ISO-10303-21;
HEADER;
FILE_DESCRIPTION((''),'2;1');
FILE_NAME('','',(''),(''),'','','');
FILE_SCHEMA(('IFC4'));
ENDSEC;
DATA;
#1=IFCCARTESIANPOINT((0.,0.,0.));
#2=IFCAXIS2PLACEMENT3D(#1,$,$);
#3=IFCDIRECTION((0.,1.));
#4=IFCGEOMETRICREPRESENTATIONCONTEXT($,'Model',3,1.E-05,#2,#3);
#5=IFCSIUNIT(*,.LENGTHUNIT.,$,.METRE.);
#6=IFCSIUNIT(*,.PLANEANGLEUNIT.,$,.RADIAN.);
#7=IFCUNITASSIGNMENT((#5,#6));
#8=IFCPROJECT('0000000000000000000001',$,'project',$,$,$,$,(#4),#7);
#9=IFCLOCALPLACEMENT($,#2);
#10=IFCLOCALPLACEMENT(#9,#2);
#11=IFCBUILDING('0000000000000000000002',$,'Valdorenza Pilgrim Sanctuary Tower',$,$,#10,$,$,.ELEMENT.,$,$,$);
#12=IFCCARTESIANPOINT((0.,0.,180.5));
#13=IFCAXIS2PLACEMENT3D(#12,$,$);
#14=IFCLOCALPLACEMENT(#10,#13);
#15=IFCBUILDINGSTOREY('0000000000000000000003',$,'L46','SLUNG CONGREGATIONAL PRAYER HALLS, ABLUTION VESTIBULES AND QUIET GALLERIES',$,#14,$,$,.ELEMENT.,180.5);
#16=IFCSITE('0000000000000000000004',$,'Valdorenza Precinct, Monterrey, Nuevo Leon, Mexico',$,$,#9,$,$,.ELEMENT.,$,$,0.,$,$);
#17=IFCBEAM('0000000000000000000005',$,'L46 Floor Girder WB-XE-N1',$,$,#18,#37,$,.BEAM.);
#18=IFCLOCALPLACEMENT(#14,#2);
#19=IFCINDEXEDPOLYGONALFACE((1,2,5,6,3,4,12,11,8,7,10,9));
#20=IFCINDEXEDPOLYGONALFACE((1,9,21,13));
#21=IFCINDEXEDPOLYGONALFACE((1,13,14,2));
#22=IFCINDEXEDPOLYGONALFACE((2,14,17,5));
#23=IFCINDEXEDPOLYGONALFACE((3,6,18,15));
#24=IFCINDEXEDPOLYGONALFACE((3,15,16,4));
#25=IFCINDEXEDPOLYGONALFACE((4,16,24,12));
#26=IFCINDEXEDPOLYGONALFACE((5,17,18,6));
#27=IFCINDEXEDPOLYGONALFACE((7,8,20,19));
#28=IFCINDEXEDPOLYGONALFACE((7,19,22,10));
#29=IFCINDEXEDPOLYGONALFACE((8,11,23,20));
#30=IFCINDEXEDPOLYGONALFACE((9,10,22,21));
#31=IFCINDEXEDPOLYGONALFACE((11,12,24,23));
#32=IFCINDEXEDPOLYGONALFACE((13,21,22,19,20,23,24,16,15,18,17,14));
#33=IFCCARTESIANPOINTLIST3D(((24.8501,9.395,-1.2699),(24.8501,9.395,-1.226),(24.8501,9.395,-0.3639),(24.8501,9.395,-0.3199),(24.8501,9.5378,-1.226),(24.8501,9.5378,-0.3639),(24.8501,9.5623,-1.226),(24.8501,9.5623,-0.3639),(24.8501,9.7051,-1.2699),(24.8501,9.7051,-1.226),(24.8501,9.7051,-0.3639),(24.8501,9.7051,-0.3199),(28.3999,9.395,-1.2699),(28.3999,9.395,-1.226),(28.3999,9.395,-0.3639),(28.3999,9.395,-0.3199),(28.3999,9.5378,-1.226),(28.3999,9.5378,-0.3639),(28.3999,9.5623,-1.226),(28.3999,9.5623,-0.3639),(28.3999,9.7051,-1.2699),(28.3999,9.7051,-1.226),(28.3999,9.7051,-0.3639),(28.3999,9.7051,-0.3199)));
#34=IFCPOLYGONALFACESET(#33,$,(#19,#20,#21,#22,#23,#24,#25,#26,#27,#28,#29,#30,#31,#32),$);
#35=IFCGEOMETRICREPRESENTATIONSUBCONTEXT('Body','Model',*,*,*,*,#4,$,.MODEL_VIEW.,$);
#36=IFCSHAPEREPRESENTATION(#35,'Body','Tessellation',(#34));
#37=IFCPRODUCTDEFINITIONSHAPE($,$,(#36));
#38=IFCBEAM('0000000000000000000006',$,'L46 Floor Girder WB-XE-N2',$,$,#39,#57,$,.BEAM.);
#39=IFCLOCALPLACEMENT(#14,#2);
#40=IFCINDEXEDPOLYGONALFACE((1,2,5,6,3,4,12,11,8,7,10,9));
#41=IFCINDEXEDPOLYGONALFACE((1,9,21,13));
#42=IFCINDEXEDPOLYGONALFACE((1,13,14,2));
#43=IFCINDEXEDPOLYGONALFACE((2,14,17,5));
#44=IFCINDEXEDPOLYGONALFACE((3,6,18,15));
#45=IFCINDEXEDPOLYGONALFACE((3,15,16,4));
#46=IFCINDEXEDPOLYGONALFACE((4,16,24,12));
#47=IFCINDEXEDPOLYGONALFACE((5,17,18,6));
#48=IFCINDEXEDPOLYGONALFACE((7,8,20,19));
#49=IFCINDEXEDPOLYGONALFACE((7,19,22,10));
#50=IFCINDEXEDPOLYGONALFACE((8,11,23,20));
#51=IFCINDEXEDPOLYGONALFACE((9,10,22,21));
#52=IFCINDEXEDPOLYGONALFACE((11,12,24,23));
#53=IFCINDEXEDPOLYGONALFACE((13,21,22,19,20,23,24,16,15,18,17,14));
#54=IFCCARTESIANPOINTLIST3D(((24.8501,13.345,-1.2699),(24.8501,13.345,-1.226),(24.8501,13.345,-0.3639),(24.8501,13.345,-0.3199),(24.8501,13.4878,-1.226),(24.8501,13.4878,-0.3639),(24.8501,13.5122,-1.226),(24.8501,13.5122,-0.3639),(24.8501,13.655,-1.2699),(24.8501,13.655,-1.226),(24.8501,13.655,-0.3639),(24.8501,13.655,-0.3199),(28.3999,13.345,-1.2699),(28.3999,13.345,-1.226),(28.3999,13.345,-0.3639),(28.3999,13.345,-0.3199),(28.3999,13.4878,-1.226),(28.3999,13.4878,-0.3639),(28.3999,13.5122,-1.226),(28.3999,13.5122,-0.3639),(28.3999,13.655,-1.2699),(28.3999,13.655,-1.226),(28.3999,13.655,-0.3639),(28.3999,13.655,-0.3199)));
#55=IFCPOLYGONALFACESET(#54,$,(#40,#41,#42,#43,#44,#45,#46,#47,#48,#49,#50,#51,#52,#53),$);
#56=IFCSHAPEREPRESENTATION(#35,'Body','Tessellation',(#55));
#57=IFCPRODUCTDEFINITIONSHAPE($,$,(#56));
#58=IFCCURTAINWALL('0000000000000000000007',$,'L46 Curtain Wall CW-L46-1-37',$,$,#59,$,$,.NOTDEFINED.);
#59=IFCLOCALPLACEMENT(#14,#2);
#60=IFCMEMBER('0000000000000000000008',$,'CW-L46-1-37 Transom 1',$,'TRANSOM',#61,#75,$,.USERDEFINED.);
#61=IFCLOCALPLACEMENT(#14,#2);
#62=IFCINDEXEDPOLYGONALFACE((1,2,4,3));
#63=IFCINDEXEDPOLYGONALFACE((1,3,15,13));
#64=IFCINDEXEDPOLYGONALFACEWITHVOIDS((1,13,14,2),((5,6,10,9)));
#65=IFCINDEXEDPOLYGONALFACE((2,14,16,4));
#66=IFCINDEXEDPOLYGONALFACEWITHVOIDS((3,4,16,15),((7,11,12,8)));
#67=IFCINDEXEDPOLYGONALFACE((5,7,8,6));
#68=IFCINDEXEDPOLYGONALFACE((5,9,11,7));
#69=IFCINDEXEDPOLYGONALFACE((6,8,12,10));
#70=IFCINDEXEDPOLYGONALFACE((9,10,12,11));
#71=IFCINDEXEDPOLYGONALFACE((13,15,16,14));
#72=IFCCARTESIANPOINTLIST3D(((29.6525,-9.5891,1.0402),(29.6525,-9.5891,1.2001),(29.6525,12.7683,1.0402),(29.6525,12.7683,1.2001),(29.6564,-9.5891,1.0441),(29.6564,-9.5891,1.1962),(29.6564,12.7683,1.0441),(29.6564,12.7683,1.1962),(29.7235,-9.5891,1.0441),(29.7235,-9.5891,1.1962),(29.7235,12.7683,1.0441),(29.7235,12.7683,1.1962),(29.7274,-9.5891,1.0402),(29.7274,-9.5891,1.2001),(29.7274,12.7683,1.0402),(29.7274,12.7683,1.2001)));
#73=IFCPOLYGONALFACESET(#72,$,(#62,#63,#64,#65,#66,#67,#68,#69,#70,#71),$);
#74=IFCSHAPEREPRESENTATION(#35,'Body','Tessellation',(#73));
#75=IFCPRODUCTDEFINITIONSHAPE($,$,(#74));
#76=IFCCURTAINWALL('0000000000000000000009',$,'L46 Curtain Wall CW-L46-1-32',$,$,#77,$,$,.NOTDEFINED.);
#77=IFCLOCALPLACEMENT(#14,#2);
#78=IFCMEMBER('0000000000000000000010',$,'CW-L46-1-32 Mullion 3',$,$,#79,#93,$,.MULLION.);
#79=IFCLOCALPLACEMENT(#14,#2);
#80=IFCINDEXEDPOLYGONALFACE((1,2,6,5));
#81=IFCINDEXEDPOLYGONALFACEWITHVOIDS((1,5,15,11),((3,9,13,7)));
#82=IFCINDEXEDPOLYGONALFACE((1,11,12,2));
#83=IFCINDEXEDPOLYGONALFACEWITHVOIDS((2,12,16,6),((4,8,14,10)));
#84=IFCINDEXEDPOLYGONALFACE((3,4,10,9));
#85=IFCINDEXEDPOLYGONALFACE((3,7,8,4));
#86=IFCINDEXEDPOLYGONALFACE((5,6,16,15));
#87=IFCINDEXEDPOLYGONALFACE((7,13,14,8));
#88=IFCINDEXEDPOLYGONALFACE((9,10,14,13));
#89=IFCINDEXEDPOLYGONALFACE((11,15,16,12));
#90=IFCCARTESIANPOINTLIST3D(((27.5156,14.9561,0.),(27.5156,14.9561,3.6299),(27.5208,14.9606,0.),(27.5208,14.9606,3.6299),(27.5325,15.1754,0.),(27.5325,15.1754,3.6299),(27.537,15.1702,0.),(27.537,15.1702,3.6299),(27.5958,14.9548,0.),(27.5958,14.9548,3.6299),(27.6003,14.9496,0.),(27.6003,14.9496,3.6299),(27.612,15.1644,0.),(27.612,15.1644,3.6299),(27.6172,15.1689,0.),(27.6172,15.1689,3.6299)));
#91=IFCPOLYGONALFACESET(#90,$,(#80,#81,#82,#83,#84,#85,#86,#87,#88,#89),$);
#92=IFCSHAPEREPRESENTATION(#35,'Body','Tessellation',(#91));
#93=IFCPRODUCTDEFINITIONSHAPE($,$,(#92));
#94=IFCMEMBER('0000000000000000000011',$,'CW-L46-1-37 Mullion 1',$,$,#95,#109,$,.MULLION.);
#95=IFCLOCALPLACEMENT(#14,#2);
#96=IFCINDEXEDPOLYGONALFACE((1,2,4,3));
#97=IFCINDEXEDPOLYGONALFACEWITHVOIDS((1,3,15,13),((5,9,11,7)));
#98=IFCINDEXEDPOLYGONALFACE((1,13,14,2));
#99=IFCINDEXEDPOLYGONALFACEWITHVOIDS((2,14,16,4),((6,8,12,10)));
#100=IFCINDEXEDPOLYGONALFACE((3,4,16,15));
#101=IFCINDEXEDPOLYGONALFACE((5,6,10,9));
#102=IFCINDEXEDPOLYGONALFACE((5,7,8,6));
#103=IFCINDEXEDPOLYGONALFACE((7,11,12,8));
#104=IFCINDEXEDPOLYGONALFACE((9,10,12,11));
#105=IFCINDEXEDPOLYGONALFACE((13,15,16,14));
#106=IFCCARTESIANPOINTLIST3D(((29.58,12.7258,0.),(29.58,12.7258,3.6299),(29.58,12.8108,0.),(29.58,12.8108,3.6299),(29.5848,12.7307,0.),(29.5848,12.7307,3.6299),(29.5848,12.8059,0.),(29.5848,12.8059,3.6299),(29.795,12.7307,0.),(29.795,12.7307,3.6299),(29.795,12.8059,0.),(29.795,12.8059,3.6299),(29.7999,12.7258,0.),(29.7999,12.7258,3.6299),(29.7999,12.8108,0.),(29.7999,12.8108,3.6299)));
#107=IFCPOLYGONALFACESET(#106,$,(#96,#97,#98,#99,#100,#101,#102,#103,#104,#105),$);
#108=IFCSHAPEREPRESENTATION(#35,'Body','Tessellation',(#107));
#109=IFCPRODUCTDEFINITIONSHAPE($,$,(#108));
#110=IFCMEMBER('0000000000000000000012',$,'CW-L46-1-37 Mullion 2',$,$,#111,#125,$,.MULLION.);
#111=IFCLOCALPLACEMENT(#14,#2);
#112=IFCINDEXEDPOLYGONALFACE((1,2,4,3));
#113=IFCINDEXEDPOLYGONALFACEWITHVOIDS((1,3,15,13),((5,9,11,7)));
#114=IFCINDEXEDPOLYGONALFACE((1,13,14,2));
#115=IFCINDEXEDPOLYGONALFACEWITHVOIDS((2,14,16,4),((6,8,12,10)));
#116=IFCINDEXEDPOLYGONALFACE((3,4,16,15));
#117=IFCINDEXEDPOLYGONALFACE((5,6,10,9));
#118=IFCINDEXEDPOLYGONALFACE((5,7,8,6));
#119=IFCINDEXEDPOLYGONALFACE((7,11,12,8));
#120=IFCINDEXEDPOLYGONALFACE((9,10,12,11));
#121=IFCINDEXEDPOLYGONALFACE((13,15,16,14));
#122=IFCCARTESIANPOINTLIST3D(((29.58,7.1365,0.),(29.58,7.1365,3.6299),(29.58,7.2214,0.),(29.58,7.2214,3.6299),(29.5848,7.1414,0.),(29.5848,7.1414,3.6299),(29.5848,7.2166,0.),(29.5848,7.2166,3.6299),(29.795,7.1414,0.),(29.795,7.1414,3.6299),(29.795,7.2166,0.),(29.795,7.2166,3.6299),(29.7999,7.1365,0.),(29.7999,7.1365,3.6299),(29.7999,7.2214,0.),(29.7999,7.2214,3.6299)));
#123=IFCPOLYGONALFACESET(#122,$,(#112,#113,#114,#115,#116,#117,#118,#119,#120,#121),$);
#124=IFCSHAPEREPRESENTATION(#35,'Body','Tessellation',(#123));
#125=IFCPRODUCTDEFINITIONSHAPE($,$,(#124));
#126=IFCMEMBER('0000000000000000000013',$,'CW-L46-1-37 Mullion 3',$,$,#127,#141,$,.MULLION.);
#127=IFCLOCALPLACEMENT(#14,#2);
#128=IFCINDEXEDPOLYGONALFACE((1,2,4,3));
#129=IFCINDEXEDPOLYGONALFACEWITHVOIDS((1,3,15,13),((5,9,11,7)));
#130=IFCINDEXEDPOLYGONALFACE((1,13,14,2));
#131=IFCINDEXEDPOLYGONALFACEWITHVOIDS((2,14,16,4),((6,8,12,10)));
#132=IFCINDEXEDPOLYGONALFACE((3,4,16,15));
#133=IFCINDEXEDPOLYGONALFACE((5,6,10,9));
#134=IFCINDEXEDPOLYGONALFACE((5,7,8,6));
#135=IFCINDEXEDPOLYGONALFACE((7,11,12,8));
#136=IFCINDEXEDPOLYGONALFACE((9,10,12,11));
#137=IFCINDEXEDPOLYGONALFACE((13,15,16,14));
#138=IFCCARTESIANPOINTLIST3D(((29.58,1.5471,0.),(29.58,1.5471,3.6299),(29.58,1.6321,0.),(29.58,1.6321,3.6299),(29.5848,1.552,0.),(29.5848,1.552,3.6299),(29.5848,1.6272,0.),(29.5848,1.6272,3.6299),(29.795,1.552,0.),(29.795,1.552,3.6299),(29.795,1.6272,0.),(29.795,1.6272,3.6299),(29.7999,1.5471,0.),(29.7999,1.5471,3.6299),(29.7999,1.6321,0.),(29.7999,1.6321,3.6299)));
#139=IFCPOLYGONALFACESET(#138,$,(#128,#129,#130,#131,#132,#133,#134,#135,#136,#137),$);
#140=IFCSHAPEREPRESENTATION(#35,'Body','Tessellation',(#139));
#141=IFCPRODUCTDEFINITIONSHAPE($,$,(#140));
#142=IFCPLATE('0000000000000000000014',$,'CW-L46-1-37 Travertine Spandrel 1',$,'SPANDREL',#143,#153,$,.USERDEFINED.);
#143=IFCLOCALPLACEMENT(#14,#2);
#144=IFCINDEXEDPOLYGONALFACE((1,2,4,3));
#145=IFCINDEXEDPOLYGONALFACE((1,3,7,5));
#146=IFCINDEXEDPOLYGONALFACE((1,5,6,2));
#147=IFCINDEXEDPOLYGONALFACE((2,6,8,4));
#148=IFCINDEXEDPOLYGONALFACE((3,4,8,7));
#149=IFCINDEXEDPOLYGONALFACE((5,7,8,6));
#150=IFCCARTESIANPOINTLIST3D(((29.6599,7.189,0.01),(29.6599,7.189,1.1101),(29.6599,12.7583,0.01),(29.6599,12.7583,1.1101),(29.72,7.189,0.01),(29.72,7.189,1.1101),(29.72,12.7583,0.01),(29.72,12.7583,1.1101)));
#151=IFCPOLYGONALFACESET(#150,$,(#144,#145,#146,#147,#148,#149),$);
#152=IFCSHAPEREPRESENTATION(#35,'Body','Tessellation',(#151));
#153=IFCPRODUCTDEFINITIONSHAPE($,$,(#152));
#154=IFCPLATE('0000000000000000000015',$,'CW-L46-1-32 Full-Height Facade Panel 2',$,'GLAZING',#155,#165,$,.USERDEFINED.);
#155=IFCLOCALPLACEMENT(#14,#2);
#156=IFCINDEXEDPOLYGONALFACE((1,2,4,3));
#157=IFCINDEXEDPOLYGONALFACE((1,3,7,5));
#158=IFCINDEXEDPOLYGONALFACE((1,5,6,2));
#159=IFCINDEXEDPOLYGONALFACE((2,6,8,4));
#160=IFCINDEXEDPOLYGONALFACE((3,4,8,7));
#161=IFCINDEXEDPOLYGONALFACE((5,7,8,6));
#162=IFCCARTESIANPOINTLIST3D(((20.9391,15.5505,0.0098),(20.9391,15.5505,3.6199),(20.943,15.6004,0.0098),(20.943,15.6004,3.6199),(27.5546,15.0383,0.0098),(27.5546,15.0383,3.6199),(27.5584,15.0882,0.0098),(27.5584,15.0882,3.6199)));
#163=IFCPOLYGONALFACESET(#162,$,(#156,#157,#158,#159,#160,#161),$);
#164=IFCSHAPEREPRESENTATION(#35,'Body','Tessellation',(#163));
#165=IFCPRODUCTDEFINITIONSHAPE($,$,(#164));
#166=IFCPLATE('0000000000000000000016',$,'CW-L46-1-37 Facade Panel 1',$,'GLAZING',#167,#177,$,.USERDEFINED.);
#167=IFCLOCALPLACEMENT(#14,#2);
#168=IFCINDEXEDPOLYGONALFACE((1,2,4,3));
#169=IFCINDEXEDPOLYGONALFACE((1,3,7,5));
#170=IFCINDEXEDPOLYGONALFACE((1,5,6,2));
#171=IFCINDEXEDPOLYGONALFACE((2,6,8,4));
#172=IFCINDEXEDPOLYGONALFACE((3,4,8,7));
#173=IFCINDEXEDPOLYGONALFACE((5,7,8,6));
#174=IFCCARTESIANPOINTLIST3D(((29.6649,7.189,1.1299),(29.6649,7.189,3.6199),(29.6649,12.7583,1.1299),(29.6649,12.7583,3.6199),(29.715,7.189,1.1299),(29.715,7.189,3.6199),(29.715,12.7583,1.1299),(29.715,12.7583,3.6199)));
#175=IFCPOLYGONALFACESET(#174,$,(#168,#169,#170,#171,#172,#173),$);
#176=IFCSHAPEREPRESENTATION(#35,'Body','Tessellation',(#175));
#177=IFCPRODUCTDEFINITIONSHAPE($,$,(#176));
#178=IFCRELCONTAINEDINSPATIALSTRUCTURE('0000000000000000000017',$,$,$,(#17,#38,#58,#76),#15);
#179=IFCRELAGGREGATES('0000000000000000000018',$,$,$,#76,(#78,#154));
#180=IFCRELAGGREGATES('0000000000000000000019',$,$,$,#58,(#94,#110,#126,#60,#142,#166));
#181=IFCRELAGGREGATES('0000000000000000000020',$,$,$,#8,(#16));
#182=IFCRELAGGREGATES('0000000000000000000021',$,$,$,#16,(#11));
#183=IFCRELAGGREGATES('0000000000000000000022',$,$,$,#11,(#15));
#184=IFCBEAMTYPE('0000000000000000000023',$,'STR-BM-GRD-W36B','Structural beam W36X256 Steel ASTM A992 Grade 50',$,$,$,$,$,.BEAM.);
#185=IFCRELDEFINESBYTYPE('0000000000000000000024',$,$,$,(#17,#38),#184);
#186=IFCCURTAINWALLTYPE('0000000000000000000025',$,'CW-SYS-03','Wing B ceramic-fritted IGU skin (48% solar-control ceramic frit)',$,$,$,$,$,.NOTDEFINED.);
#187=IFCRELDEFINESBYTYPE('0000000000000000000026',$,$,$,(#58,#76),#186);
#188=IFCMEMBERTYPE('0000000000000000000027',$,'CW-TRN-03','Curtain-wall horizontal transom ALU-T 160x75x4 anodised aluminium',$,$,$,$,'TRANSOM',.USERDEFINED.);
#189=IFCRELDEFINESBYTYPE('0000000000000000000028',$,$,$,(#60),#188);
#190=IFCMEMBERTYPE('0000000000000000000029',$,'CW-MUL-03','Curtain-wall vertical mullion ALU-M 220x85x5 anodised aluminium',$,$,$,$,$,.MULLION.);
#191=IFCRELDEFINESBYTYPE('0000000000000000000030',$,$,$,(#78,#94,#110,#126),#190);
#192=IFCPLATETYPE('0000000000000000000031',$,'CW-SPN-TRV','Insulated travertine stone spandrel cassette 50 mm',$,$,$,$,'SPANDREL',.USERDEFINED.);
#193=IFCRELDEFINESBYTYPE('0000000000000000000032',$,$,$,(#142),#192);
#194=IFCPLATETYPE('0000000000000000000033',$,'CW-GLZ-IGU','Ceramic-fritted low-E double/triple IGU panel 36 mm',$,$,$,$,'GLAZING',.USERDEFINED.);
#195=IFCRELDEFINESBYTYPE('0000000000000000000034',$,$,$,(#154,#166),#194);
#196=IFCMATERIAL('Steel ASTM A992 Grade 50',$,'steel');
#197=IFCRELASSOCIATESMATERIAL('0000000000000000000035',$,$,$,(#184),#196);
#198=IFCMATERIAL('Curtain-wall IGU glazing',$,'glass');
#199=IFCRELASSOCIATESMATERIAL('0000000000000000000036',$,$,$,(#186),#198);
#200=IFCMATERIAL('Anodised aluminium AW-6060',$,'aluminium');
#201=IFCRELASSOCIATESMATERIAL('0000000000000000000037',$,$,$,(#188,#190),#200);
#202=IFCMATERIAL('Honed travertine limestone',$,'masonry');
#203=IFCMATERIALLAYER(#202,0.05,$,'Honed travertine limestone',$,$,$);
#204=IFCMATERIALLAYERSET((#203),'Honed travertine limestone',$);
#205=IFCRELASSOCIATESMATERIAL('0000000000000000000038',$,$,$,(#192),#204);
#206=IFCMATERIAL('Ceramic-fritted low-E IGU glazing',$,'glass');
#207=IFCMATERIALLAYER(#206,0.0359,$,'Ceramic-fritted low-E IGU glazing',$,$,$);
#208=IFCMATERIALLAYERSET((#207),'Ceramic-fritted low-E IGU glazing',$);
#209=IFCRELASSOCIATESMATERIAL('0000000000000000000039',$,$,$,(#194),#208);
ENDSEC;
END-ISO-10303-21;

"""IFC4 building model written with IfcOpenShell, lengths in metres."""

from ifc_helpers import new_model, si_unit, direction, frame, origin, origin_2d, place, context, subcontext, project, spatial, rectangle, hollow_rectangle, i_section, extrude, source, transform, mapped, material, layer, layer_set, material_profile, profile_set, type_object, element, aggregate, save


model = new_model("IFC4")

# Units and contexts
model_context = context("Model", 3, precision=1e-05, world=origin(), true_north=direction((0.0, 1.0)))
body_context = subcontext(model_context, "Body", "Model", "MODEL_VIEW")
ifc_project = project(units=[si_unit("LENGTHUNIT", "METRE"), si_unit("PLANEANGLEUNIT", "RADIAN")], contexts=[model_context])

# Site, building, storey
site_placement = place(None, origin())
site = spatial("IfcSite", under=ifc_project, at=site_placement, Name="Valdorenza Precinct, Monterrey, Nuevo Leon, Mexico", CompositionType="ELEMENT", RefElevation=0.0)
building_placement = place(site_placement, origin())
building = spatial("IfcBuilding", under=site, at=building_placement, Name="Valdorenza Pilgrim Sanctuary Tower", CompositionType="ELEMENT")
storey_placement = place(building_placement, frame((0.0, 0.0, 180.5)))
storey = spatial("IfcBuildingStorey", under=building, at=storey_placement, Name="L46", Description="SLUNG CONGREGATIONAL PRAYER HALLS, ABLUTION VESTIBULES AND QUIET GALLERIES", CompositionType="ELEMENT", Elevation=180.5)

# Shared definitions
ifc_material_1 = material(Name="Steel ASTM A992 Grade 50", Category="steel")

# Beams
ifc_material_profile_1 = material_profile(ifc_material_1, i_section(OverallWidth=0.3101, OverallDepth=0.95, WebThickness=0.0244, FlangeThickness=0.0439, at=origin_2d()), Name="W36X256")
ifc_profile_set_1 = profile_set([ifc_material_profile_1], Name="Steel ASTM A992 Grade 50")
beam_type_1 = type_object("IfcBeamType", Name="STR-BM-GRD-W36B", Description="Structural beam W36X256 Steel ASTM A992 Grade 50", PredefinedType="BEAM", material=ifc_profile_set_1)
shared_shape_1 = source(origin(), body_context, "Body", "SweptSolid", [
    extrude(i_section(OverallWidth=0.3101, OverallDepth=0.95, WebThickness=0.0244, FlangeThickness=0.0439, at=origin_2d()), origin(), (0.0, 0.0, 1.0), 3.5498),
])
for number, where, z_axis, x_axis, name in (
    (1, (24.8501, 9.55, -0.7949), (1.0, 0.0, 0.0), (0.0, 1.0, 0.0), "L46 Floor Girder WB-XE-N1"),
    (2, (24.8501, 13.5, -0.7949), (1.0, 0.0, 0.0), (0.0, 1.0, 0.0), "L46 Floor Girder WB-XE-N2"),
):
    element("IfcBeam", number, at=place(storey_placement, frame(where, z_axis=z_axis, x_axis=x_axis)), inside=storey, type_object=beam_type_1, Name=name, PredefinedType="BEAM", context=body_context, shape_type="MappedRepresentation", body=[
        mapped(shared_shape_1, transform((0.0, 0.0, 0.0), x_axis=(1.0, 0.0, 0.0), y_axis=(0.0, 1.0, 0.0), z_axis=(0.0, 0.0, 1.0), scale=1.0)),
    ])

# Curtain walls, members
ifc_material_2 = material(Name="Curtain-wall IGU glazing", Category="glass")
curtain_wall_type = type_object("IfcCurtainWallType", Name="CW-SYS-03", Description="Wing B ceramic-fritted IGU skin (48% solar-control ceramic frit)", PredefinedType="NOTDEFINED", material=ifc_material_2)
curtain_wall_1_placement = place(storey_placement, origin())
curtain_wall_1 = element("IfcCurtainWall", 3, at=curtain_wall_1_placement, inside=storey, type_object=curtain_wall_type, Name="L46 Curtain Wall CW-L46-1-37", PredefinedType="NOTDEFINED")
ifc_material_3 = material(Name="Anodised aluminium AW-6060", Category="aluminium")
ifc_material_profile_2 = material_profile(ifc_material_3, hollow_rectangle(XDim=0.075, YDim=0.1599, WallThickness=0.0039, at=origin_2d()), Name="ALU-T 160x75x4")
ifc_profile_set_2 = profile_set([ifc_material_profile_2], Name="Anodised aluminium AW-6060")
member_type_1 = type_object("IfcMemberType", Name="CW-TRN-03", Description="Curtain-wall horizontal transom ALU-T 160x75x4 anodised aluminium", ElementType="TRANSOM", PredefinedType="USERDEFINED", material=ifc_profile_set_2)
shared_shape_2 = source(origin(), body_context, "Body", "SweptSolid", [
    extrude(hollow_rectangle(XDim=0.075, YDim=0.1599, WallThickness=0.0039, at=origin_2d()), origin(), (0.0, 0.0, 1.0), 22.3574),
])
member_1_placement = place(storey_placement, frame((29.6899, 12.7683, 1.1201), z_axis=(0.0, -1.0, 0.0), x_axis=(1.0, 0.0, 0.0)))
member_1 = element("IfcMember", 4, at=member_1_placement, type_object=member_type_1, Name="CW-L46-1-37 Transom 1", ObjectType="TRANSOM", PredefinedType="USERDEFINED", context=body_context, shape_type="MappedRepresentation", body=[
    mapped(shared_shape_2, transform((0.0, 0.0, 0.0), x_axis=(1.0, 0.0, 0.0), y_axis=(0.0, 1.0, 0.0), z_axis=(0.0, 0.0, 1.0), scale=1.0)),
])
curtain_wall_2_placement = place(storey_placement, origin())
curtain_wall_2 = element("IfcCurtainWall", 5, at=curtain_wall_2_placement, inside=storey, type_object=curtain_wall_type, Name="L46 Curtain Wall CW-L46-1-32", PredefinedType="NOTDEFINED")
ifc_material_profile_3 = material_profile(ifc_material_3, hollow_rectangle(XDim=0.085, YDim=0.22, WallThickness=0.0049, at=origin_2d()), Name="ALU-M 220x85x5")
ifc_profile_set_3 = profile_set([ifc_material_profile_3], Name="Anodised aluminium AW-6060")
member_type_2 = type_object("IfcMemberType", Name="CW-MUL-03", Description="Curtain-wall vertical mullion ALU-M 220x85x5 anodised aluminium", PredefinedType="MULLION", material=ifc_profile_set_3)
shared_shape_3 = source(origin(), body_context, "Body", "SweptSolid", [
    extrude(hollow_rectangle(XDim=0.085, YDim=0.22, WallThickness=0.0049, at=origin_2d()), origin(), (0.0, 0.0, 1.0), 3.6299),
])
member_2_placement = place(storey_placement, frame((27.5664, 15.0625, 0.0), z_axis=(0.0, 0.0, 1.0), x_axis=(0.997016, -0.077189, 0.0)))
member_2 = element("IfcMember", 6, at=member_2_placement, type_object=member_type_2, Name="CW-L46-1-32 Mullion 3", PredefinedType="MULLION", context=body_context, shape_type="MappedRepresentation", body=[
    mapped(shared_shape_3, transform((0.0, 0.0, 0.0), x_axis=(1.0, 0.0, 0.0), y_axis=(0.0, 1.0, 0.0), z_axis=(0.0, 0.0, 1.0), scale=1.0)),
])

# Members
member_3_placement = place(storey_placement, frame((29.6899, 12.7683, 0.0), z_axis=(0.0, 0.0, 1.0), x_axis=(0.0, -1.0, 0.0)))
member_3 = element("IfcMember", 7, at=member_3_placement, type_object=member_type_2, Name="CW-L46-1-37 Mullion 1", PredefinedType="MULLION", context=body_context, shape_type="MappedRepresentation", body=[
    mapped(shared_shape_3, transform((0.0, 0.0, 0.0), x_axis=(1.0, 0.0, 0.0), y_axis=(0.0, 1.0, 0.0), z_axis=(0.0, 0.0, 1.0), scale=1.0)),
])
member_4_placement = place(storey_placement, frame((29.6899, 7.179, 0.0), z_axis=(0.0, 0.0, 1.0), x_axis=(0.0, -1.0, 0.0)))
member_4 = element("IfcMember", 8, at=member_4_placement, type_object=member_type_2, Name="CW-L46-1-37 Mullion 2", PredefinedType="MULLION", context=body_context, shape_type="MappedRepresentation", body=[
    mapped(shared_shape_3, transform((0.0, 0.0, 0.0), x_axis=(1.0, 0.0, 0.0), y_axis=(0.0, 1.0, 0.0), z_axis=(0.0, 0.0, 1.0), scale=1.0)),
])
member_5_placement = place(storey_placement, frame((29.6899, 1.5896, 0.0), z_axis=(0.0, 0.0, 1.0), x_axis=(0.0, -1.0, 0.0)))
member_5 = element("IfcMember", 9, at=member_5_placement, type_object=member_type_2, Name="CW-L46-1-37 Mullion 3", PredefinedType="MULLION", context=body_context, shape_type="MappedRepresentation", body=[
    mapped(shared_shape_3, transform((0.0, 0.0, 0.0), x_axis=(1.0, 0.0, 0.0), y_axis=(0.0, 1.0, 0.0), z_axis=(0.0, 0.0, 1.0), scale=1.0)),
])

# Plates
ifc_material_4 = material(Name="Honed travertine limestone", Category="masonry")
ifc_layer_1 = layer(ifc_material_4, 0.05, Name="Honed travertine limestone")
ifc_layer_set_1 = layer_set([ifc_layer_1], Name="Honed travertine limestone")
plate_type_1 = type_object("IfcPlateType", Name="CW-SPN-TRV", Description="Insulated travertine stone spandrel cassette 50 mm", ElementType="SPANDREL", PredefinedType="USERDEFINED", material=ifc_layer_set_1)
shared_shape_4 = source(origin(), body_context, "Body", "SweptSolid", [
    extrude(rectangle(XDim=5.5693, YDim=0.0601, at=origin_2d()), origin(), (0.0, 0.0, 1.0), 1.1001),
])
plate_1_placement = place(storey_placement, frame((29.6899, 9.9736, 0.01), z_axis=(0.0, 0.0, 1.0), x_axis=(0.0, -1.0, 0.0)))
plate_1 = element("IfcPlate", 10, at=plate_1_placement, type_object=plate_type_1, Name="CW-L46-1-37 Travertine Spandrel 1", ObjectType="SPANDREL", PredefinedType="USERDEFINED", context=body_context, shape_type="MappedRepresentation", body=[
    mapped(shared_shape_4, transform((0.0, 0.0, 0.0), x_axis=(1.0, 0.0, 0.0), y_axis=(0.0, 1.0, 0.0), z_axis=(0.0, 0.0, 1.0), scale=1.0)),
])
ifc_material_5 = material(Name="Ceramic-fritted low-E IGU glazing", Category="glass")
ifc_layer_2 = layer(ifc_material_5, 0.0359, Name="Ceramic-fritted low-E IGU glazing")
ifc_layer_set_2 = layer_set([ifc_layer_2], Name="Ceramic-fritted low-E IGU glazing")
plate_type_2 = type_object("IfcPlateType", Name="CW-GLZ-IGU", Description="Ceramic-fritted low-E double/triple IGU panel 36 mm", ElementType="GLAZING", PredefinedType="USERDEFINED", material=ifc_layer_set_2)
shared_shape_5 = source(origin(), body_context, "Body", "SweptSolid", [
    extrude(rectangle(XDim=6.6353, YDim=0.05, at=origin_2d()), origin(), (0.0, 0.0, 1.0), 3.6101),
])
plate_2_placement = place(storey_placement, frame((24.2488, 15.3193, 0.0098), z_axis=(0.0, 0.0, 1.0), x_axis=(0.997016, -0.077189, 0.0)))
plate_2 = element("IfcPlate", 11, at=plate_2_placement, type_object=plate_type_2, Name="CW-L46-1-32 Full-Height Facade Panel 2", ObjectType="GLAZING", PredefinedType="USERDEFINED", context=body_context, shape_type="MappedRepresentation", body=[
    mapped(shared_shape_5, transform((0.0, 0.0, 0.0), x_axis=(1.0, 0.0, 0.0), y_axis=(0.0, 1.0, 0.0), z_axis=(0.0, 0.0, 1.0), scale=1.0)),
])
aggregate(curtain_wall_2, [member_2, plate_2])
shared_shape_6 = source(origin(), body_context, "Body", "SweptSolid", [
    extrude(rectangle(XDim=5.5693, YDim=0.05, at=origin_2d()), origin(), (0.0, 0.0, 1.0), 2.49),
])
plate_3_placement = place(storey_placement, frame((29.6899, 9.9736, 1.1299), z_axis=(0.0, 0.0, 1.0), x_axis=(0.0, -1.0, 0.0)))
plate_3 = element("IfcPlate", 12, at=plate_3_placement, type_object=plate_type_2, Name="CW-L46-1-37 Facade Panel 1", ObjectType="GLAZING", PredefinedType="USERDEFINED", context=body_context, shape_type="MappedRepresentation", body=[
    mapped(shared_shape_6, transform((0.0, 0.0, 0.0), x_axis=(1.0, 0.0, 0.0), y_axis=(0.0, 1.0, 0.0), z_axis=(0.0, 0.0, 1.0), scale=1.0)),
])
aggregate(curtain_wall_1, [member_3, member_4, member_5, member_1, plate_1, plate_3])

save(model, "model.ifc")
